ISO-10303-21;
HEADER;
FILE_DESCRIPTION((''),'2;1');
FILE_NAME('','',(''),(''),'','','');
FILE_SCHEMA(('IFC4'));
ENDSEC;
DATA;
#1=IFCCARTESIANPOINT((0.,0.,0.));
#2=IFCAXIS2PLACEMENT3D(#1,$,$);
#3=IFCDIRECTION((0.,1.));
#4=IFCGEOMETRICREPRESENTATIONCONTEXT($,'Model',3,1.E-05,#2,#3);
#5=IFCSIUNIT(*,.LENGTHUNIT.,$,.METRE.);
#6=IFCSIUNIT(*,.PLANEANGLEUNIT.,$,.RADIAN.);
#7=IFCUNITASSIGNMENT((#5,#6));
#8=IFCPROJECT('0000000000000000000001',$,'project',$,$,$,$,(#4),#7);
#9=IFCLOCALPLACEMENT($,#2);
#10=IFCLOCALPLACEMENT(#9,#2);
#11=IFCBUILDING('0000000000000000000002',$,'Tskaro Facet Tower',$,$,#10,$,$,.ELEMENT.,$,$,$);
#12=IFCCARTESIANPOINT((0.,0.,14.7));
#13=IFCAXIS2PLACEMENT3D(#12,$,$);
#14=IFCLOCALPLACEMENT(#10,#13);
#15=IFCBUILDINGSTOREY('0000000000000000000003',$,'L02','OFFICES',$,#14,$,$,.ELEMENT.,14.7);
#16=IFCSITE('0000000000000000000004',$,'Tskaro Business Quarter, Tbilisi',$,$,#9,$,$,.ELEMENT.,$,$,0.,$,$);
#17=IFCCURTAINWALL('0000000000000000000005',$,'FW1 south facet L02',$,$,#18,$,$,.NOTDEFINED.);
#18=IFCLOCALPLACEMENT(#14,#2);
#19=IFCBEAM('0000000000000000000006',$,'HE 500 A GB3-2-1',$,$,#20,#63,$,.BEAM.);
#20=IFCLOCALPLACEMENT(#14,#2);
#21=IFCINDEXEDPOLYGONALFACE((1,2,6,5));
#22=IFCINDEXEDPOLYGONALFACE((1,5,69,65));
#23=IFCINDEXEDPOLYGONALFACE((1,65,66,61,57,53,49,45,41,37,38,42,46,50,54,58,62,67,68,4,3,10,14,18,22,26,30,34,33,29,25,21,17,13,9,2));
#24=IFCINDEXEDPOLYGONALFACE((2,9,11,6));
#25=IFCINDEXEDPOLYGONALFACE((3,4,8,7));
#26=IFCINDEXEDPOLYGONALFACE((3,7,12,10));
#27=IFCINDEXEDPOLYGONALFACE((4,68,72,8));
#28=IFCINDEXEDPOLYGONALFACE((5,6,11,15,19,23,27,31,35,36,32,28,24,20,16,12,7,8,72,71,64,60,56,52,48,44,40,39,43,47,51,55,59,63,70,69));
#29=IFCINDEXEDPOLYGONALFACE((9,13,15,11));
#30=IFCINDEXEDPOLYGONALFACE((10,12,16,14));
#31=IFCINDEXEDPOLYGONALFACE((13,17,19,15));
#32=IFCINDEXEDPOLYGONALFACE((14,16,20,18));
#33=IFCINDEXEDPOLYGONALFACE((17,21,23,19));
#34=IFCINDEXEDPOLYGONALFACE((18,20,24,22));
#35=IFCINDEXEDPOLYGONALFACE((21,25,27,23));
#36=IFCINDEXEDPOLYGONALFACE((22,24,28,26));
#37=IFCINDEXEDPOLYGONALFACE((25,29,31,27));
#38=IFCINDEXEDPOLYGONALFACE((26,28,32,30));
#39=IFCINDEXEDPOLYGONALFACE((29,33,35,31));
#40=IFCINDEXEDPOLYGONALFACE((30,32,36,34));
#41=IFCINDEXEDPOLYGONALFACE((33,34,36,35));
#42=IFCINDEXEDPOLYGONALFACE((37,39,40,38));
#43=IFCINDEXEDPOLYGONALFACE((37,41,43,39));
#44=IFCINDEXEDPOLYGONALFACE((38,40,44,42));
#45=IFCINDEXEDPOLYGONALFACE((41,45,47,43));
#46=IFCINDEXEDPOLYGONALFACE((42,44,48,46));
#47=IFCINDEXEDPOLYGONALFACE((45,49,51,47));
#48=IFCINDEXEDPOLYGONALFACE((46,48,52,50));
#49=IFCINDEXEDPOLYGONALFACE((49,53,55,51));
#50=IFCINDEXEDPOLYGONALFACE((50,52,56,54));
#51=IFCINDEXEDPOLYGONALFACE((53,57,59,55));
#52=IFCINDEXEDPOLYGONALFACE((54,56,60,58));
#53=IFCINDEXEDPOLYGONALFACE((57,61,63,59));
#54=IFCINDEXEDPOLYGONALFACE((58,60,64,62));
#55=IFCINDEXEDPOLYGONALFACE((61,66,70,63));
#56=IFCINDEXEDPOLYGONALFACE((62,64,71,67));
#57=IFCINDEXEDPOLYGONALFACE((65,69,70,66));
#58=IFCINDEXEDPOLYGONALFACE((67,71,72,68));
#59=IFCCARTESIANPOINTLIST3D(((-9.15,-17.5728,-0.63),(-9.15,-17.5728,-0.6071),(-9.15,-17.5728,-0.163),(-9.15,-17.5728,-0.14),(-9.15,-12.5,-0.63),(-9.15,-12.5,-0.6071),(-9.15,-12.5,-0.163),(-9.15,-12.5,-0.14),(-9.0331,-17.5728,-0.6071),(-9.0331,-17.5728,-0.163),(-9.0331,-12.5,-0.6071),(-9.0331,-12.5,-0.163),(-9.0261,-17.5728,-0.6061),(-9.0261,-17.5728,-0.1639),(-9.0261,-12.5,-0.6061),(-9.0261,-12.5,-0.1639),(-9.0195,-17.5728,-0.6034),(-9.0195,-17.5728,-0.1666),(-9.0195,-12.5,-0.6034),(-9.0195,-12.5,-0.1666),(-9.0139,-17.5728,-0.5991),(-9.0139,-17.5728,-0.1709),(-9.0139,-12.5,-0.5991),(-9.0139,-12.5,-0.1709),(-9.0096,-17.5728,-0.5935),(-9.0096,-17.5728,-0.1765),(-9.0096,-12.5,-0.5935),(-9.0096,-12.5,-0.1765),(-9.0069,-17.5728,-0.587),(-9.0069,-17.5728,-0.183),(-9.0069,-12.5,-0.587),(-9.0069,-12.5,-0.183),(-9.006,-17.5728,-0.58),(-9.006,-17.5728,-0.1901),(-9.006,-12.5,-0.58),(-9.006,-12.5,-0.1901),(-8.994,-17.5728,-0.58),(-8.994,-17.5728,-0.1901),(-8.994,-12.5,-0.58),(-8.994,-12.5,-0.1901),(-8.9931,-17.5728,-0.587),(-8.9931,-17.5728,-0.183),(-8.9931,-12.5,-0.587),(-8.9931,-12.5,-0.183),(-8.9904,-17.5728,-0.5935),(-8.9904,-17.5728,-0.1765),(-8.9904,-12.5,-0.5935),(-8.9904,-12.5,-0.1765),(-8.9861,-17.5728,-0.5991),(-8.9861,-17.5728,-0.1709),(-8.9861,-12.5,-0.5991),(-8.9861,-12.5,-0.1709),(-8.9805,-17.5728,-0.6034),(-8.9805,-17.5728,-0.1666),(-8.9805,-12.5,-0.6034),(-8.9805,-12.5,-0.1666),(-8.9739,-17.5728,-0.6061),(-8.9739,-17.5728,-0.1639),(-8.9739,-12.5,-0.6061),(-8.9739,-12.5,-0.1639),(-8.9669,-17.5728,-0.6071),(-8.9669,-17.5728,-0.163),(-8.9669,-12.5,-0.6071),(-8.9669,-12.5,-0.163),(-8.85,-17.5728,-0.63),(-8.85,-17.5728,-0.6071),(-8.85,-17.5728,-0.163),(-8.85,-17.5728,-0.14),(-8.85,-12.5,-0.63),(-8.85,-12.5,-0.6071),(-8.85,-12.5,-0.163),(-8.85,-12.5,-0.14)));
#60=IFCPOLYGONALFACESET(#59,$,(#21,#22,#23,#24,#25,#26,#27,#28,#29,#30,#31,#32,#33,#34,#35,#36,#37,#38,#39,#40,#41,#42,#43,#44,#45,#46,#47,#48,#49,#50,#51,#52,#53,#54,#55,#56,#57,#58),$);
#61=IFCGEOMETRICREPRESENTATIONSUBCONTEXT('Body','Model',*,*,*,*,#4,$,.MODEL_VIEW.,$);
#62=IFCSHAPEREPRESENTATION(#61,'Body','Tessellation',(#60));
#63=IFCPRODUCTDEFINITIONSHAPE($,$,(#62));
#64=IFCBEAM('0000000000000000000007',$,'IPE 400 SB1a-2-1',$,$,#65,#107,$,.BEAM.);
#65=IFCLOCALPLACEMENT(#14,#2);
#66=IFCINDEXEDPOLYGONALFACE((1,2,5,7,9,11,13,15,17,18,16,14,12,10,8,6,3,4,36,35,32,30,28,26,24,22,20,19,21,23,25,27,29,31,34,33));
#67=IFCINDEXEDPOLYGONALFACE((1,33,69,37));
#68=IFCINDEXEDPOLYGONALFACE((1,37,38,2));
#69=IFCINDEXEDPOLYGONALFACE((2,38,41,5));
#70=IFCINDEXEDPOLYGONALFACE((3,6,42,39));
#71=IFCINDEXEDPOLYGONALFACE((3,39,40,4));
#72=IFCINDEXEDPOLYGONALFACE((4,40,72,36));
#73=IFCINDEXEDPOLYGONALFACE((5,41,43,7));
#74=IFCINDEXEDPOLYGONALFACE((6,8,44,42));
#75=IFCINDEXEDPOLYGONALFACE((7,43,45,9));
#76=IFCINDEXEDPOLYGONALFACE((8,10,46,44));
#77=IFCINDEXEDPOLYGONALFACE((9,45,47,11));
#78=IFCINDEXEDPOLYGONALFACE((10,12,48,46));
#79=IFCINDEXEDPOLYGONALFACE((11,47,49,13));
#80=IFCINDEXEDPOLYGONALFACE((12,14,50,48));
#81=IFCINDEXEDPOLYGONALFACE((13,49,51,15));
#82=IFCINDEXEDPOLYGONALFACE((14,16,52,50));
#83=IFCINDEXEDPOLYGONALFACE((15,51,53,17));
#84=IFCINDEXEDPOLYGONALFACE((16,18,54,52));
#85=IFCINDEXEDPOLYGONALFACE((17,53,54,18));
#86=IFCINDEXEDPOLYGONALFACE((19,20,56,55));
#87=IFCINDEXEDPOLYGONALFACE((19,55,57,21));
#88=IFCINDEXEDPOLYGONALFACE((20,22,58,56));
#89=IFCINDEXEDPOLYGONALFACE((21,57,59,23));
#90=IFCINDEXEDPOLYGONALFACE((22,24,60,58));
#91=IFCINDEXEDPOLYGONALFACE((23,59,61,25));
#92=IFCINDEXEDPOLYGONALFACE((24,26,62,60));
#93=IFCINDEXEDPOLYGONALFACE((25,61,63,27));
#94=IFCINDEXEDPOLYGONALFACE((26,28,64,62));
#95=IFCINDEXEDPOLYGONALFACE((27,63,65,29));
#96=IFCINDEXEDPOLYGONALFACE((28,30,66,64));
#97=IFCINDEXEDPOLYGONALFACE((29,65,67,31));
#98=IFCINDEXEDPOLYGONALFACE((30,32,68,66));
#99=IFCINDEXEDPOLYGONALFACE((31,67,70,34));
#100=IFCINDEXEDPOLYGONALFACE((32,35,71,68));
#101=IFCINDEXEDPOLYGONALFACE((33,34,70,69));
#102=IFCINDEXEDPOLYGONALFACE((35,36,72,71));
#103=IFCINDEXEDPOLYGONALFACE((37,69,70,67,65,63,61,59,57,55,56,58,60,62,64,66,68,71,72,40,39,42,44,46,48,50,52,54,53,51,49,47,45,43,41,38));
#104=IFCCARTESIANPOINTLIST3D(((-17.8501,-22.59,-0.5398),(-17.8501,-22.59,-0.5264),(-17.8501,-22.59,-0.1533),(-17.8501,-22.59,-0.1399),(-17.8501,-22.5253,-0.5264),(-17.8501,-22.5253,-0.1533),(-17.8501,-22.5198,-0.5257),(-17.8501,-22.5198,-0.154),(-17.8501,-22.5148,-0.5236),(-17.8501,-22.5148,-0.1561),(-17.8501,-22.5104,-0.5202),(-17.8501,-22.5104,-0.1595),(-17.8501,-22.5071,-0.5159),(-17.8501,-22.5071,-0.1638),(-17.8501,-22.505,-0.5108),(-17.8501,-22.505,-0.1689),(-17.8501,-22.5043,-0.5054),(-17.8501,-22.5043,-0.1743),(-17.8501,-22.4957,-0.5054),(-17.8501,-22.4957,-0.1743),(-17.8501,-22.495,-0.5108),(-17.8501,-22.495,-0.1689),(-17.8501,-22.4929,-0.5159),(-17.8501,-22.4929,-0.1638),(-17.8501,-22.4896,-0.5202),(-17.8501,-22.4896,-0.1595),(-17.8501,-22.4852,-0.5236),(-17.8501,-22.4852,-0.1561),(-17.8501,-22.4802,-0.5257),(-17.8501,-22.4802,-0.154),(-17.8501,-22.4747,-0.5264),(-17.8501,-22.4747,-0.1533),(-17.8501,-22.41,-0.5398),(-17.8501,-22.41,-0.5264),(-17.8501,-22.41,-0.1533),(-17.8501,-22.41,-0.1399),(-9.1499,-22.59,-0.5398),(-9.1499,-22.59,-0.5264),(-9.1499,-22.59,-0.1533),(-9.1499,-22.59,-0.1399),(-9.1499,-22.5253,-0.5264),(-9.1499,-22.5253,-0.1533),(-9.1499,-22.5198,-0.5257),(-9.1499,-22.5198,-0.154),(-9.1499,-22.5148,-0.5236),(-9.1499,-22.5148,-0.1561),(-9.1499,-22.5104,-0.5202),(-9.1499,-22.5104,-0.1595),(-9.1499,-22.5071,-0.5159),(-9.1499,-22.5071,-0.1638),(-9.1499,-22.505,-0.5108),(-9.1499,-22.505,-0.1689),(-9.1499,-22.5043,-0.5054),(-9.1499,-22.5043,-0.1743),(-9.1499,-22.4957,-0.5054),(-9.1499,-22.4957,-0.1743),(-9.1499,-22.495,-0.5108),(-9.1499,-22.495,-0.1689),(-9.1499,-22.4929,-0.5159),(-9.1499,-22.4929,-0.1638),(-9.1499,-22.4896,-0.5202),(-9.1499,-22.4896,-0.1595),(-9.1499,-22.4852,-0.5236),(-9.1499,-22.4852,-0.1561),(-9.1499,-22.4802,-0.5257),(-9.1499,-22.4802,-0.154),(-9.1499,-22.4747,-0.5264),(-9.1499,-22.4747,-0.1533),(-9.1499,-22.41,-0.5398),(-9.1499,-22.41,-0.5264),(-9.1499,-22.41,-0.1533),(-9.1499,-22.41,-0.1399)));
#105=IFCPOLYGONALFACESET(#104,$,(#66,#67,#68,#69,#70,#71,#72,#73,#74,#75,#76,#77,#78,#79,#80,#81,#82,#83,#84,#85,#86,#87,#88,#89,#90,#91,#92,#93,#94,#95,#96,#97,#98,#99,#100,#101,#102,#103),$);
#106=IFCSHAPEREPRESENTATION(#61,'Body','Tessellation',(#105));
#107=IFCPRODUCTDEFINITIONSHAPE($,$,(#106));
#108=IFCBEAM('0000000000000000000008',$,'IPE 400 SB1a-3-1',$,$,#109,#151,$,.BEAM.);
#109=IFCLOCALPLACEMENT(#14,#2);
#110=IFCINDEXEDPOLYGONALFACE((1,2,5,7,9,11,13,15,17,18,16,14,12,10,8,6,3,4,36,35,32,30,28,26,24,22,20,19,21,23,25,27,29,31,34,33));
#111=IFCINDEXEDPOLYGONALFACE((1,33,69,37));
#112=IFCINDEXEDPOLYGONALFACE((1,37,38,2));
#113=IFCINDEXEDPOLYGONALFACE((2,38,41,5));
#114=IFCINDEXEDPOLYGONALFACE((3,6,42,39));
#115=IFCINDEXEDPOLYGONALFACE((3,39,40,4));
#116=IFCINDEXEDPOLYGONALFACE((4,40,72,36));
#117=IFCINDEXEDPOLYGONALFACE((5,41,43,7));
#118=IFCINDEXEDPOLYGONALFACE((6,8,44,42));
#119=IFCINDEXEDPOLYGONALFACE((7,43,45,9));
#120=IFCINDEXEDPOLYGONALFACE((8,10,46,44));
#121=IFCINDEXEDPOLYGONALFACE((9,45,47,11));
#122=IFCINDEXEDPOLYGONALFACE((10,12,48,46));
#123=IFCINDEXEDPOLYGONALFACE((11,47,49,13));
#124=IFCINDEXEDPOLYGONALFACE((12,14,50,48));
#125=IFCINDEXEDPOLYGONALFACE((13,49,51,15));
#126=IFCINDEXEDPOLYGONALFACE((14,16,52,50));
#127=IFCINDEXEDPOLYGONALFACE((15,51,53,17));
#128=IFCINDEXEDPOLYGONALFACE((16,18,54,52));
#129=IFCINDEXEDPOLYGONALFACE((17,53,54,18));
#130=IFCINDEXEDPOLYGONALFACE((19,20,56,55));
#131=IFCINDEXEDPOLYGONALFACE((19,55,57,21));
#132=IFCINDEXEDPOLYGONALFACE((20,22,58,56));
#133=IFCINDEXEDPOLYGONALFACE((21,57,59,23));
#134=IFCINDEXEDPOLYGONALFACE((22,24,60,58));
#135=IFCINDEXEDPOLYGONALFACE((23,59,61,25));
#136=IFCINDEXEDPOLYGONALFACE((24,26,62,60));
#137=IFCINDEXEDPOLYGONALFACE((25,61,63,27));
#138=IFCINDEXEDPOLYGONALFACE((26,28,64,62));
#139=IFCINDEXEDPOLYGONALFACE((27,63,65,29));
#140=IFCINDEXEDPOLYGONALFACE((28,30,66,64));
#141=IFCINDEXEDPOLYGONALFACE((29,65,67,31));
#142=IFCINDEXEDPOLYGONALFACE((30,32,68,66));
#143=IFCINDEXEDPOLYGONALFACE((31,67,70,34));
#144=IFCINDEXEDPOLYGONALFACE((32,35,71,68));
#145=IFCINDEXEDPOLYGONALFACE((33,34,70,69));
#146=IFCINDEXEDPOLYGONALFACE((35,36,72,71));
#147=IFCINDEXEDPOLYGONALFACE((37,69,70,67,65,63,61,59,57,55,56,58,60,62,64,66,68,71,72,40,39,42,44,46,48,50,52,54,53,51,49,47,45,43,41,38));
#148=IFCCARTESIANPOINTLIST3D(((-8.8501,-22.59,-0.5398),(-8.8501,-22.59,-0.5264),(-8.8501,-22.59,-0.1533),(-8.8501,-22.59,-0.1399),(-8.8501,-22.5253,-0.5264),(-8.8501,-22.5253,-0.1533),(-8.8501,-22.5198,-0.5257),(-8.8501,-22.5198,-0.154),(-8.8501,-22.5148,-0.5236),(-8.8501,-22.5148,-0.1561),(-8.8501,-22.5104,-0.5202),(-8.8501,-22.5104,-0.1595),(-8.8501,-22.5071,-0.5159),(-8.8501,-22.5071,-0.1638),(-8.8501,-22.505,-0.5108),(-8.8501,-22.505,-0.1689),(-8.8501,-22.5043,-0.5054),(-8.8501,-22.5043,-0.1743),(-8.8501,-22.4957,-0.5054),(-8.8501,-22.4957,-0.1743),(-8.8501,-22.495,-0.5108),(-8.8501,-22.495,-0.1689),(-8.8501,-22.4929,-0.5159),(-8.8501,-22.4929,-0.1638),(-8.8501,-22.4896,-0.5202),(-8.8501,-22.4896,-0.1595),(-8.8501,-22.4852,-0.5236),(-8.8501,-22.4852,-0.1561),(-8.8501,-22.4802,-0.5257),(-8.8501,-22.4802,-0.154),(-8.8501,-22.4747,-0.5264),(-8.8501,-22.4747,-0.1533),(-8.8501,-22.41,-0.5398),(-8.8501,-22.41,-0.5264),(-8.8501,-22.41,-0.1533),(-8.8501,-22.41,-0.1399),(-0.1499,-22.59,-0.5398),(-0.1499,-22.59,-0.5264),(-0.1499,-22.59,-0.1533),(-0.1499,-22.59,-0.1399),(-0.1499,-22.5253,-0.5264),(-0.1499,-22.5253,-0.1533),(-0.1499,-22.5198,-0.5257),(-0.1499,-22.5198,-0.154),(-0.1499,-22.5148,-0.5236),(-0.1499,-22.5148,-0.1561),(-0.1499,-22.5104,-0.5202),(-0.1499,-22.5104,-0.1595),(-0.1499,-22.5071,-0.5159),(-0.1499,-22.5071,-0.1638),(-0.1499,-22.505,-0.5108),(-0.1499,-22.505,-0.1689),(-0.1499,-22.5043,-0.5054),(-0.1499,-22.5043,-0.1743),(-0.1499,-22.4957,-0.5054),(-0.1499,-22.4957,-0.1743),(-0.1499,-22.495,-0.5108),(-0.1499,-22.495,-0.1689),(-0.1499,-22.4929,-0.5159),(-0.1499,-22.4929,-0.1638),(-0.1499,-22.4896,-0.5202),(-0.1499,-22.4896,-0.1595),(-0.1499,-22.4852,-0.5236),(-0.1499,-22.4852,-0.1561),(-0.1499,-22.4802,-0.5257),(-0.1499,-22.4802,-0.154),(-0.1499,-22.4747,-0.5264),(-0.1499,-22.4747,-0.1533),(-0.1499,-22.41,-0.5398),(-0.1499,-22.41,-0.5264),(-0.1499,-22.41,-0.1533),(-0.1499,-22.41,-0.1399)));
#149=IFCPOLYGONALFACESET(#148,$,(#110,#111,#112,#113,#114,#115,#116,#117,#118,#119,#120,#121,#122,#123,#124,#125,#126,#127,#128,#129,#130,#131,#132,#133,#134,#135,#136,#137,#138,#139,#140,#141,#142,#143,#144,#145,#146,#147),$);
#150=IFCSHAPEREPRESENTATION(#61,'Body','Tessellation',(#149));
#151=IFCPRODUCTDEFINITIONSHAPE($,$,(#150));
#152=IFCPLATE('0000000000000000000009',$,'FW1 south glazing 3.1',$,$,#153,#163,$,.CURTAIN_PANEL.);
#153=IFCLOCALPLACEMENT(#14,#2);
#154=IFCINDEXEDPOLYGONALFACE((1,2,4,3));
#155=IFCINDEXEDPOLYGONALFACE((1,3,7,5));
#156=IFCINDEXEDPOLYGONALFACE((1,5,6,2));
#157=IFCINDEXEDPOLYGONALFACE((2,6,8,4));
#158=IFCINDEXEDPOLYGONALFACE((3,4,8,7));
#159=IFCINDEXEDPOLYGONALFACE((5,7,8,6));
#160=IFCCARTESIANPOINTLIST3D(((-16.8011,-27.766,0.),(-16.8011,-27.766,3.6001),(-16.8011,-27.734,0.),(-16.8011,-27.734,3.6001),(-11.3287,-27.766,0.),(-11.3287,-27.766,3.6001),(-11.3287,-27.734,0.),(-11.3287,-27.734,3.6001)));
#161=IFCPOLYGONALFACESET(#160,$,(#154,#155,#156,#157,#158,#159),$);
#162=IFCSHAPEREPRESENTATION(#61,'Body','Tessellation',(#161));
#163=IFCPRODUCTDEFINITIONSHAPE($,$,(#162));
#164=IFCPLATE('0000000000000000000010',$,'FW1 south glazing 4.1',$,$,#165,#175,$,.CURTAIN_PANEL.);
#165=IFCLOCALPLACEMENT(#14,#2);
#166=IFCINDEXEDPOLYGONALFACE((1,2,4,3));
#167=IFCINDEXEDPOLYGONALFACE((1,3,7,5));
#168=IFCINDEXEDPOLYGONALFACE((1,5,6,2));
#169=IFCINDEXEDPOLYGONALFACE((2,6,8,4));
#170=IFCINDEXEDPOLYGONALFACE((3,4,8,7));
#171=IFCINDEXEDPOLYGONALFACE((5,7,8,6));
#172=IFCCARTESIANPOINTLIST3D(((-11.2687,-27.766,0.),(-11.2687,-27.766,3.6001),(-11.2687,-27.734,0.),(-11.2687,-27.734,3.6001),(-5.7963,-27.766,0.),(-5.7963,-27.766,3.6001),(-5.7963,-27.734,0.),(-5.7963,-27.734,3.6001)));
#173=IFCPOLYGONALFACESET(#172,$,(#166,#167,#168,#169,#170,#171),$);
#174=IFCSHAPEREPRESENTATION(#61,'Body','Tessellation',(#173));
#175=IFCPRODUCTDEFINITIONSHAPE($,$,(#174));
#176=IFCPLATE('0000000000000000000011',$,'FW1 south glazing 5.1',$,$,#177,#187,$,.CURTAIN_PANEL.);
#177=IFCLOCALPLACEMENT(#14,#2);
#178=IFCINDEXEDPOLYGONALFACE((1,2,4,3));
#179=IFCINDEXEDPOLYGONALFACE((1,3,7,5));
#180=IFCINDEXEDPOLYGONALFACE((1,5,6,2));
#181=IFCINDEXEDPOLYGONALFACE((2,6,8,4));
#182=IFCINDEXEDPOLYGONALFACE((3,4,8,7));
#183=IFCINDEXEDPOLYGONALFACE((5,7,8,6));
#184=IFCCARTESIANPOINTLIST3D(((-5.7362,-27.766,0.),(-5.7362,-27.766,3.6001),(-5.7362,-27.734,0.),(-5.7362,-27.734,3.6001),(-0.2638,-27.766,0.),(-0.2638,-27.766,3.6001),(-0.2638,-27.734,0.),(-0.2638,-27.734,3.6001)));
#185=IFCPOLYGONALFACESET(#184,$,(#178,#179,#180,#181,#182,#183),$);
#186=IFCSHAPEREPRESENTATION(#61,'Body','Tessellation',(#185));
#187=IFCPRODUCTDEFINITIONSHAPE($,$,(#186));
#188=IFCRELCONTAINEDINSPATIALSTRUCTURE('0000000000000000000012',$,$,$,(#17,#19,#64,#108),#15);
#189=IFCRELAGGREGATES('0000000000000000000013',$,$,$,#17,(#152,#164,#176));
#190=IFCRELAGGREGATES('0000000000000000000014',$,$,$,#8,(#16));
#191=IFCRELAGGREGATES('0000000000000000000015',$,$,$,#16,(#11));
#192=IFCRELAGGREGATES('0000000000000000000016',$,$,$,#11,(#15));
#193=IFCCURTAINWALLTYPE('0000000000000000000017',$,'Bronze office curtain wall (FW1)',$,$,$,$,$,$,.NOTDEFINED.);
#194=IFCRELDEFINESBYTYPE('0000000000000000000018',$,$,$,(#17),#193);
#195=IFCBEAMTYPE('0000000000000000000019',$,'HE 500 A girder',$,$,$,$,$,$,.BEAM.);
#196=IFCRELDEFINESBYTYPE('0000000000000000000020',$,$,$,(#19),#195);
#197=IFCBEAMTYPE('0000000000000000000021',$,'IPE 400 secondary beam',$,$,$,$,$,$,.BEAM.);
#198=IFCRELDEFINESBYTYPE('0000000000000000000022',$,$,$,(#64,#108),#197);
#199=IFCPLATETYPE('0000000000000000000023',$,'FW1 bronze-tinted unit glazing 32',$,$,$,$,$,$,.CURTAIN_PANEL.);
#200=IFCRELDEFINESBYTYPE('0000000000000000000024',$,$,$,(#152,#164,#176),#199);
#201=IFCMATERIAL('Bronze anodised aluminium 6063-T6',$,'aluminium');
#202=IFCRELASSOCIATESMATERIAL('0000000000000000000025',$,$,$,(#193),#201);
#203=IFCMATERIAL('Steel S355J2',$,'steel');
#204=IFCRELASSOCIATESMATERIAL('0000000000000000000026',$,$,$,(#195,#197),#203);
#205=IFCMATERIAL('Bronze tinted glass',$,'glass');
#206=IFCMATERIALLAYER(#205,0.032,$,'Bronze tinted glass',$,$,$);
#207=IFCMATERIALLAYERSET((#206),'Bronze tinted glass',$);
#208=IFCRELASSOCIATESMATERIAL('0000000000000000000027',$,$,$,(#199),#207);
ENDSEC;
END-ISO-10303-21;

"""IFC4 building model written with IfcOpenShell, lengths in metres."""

from ifc_helpers import new_model, si_unit, direction, frame, origin, origin_2d, place, context, subcontext, project, spatial, rectangle, i_section, extrude, material, layer, layer_set, material_profile, profile_set, type_object, element, aggregate, save


model = new_model("IFC4")

# Units and contexts
model_context = context("Model", 3, precision=1e-05, world=origin(), true_north=direction((0.0, 1.0)))
body_context = subcontext(model_context, "Body", "Model", "MODEL_VIEW")
ifc_project = project(units=[si_unit("LENGTHUNIT", "METRE"), si_unit("PLANEANGLEUNIT", "RADIAN")], contexts=[model_context])

# Site, building, storey
site_placement = place(None, origin())
site = spatial("IfcSite", under=ifc_project, at=site_placement, Name="Tskaro Business Quarter, Tbilisi", CompositionType="ELEMENT", RefElevation=0.0)
building_placement = place(site_placement, origin())
building = spatial("IfcBuilding", under=site, at=building_placement, Name="Tskaro Facet Tower", CompositionType="ELEMENT")
storey_placement = place(building_placement, frame((0.0, 0.0, 14.7)))
storey = spatial("IfcBuildingStorey", under=building, at=storey_placement, Name="L02", Description="OFFICES", CompositionType="ELEMENT", Elevation=14.7)

# Curtain wall
ifc_material_1 = material(Name="Bronze anodised aluminium 6063-T6", Category="aluminium")
curtain_wall_type = type_object("IfcCurtainWallType", Name="Bronze office curtain wall (FW1)", PredefinedType="NOTDEFINED", material=ifc_material_1)
curtain_wall_placement = place(storey_placement, origin())
curtain_wall = element("IfcCurtainWall", 1, at=curtain_wall_placement, inside=storey, type_object=curtain_wall_type, Name="FW1 south facet L02", PredefinedType="NOTDEFINED")

# Beams
ifc_material_2 = material(Name="Steel S355J2", Category="steel")
ifc_material_profile_1 = material_profile(ifc_material_2, i_section(OverallWidth=0.3, OverallDepth=0.49, WebThickness=0.012, FlangeThickness=0.0229, FilletRadius=0.0271, at=origin_2d()), Name="HE 500 A")
ifc_profile_set_1 = profile_set([ifc_material_profile_1], Name="Steel S355J2")
beam_type_1 = type_object("IfcBeamType", Name="HE 500 A girder", PredefinedType="BEAM", material=ifc_profile_set_1)
beam_1_placement = place(storey_placement, frame((-9.0, -17.5728, -0.385), z_axis=(0.0, 1.0, 0.0), x_axis=(-1.0, 0.0, 0.0)))
element("IfcBeam", 2, at=beam_1_placement, inside=storey, type_object=beam_type_1, Name="HE 500 A GB3-2-1", PredefinedType="BEAM", context=body_context, shape_type="SweptSolid", body=[
    extrude(i_section(OverallWidth=0.3, OverallDepth=0.49, WebThickness=0.012, FlangeThickness=0.0229, FilletRadius=0.0271, at=origin_2d()), origin(), (0.0, 0.0, 1.0), 5.0728),
])
ifc_material_profile_2 = material_profile(ifc_material_2, i_section(OverallWidth=0.1799, OverallDepth=0.3999, WebThickness=0.0085, FlangeThickness=0.0134, FilletRadius=0.021, at=origin_2d()), Name="IPE 400")
ifc_profile_set_2 = profile_set([ifc_material_profile_2], Name="Steel S355J2")
beam_type_2 = type_object("IfcBeamType", Name="IPE 400 secondary beam", PredefinedType="BEAM", material=ifc_profile_set_2)
for number, where, z_axis, x_axis, name in (
    (3, (-17.8501, -22.5, -0.3398), (1.0, 0.0, 0.0), (0.0, 1.0, 0.0), "IPE 400 SB1a-2-1"),
    (4, (-8.8501, -22.5, -0.3398), (1.0, 0.0, 0.0), (0.0, 1.0, 0.0), "IPE 400 SB1a-3-1"),
):
    element("IfcBeam", number, at=place(storey_placement, frame(where, z_axis=z_axis, x_axis=x_axis)), inside=storey, type_object=beam_type_2, Name=name, PredefinedType="BEAM", context=body_context, shape_type="SweptSolid", body=[
        extrude(i_section(OverallWidth=0.1799, OverallDepth=0.3999, WebThickness=0.0085, FlangeThickness=0.0134, FilletRadius=0.021, at=origin_2d()), origin(), (0.0, 0.0, 1.0), 8.7002),
    ])

# Plates
ifc_material_3 = material(Name="Bronze tinted glass", Category="glass")
ifc_layer_1 = layer(ifc_material_3, 0.032, Name="Bronze tinted glass")
ifc_layer_set_1 = layer_set([ifc_layer_1], Name="Bronze tinted glass")
plate_type = type_object("IfcPlateType", Name="FW1 bronze-tinted unit glazing 32", PredefinedType="CURTAIN_PANEL", material=ifc_layer_set_1)
plate_1_placement = place(storey_placement, frame((-14.0649, -27.75, 0.0), z_axis=(0.0, 0.0, 1.0), x_axis=(1.0, 0.0, 0.0)))
plate_1 = element("IfcPlate", 5, at=plate_1_placement, type_object=plate_type, Name="FW1 south glazing 3.1", PredefinedType="CURTAIN_PANEL", context=body_context, shape_type="SweptSolid", body=[
    extrude(rectangle(XDim=5.4724, YDim=0.032, at=origin_2d()), origin(), (0.0, 0.0, 1.0), 3.6001),
])
plate_2_placement = place(storey_placement, frame((-8.5325, -27.75, 0.0), z_axis=(0.0, 0.0, 1.0), x_axis=(1.0, 0.0, 0.0)))
plate_2 = element("IfcPlate", 6, at=plate_2_placement, type_object=plate_type, Name="FW1 south glazing 4.1", PredefinedType="CURTAIN_PANEL", context=body_context, shape_type="SweptSolid", body=[
    extrude(rectangle(XDim=5.4724, YDim=0.032, at=origin_2d()), origin(), (0.0, 0.0, 1.0), 3.6001),
])
plate_3_placement = place(storey_placement, frame((-3.0, -27.75, 0.0), z_axis=(0.0, 0.0, 1.0), x_axis=(1.0, 0.0, 0.0)))
plate_3 = element("IfcPlate", 7, at=plate_3_placement, type_object=plate_type, Name="FW1 south glazing 5.1", PredefinedType="CURTAIN_PANEL", context=body_context, shape_type="SweptSolid", body=[
    extrude(rectangle(XDim=5.4724, YDim=0.032, at=origin_2d()), origin(), (0.0, 0.0, 1.0), 3.6001),
])
aggregate(curtain_wall, [plate_1, plate_2, plate_3])

save(model, "model.ifc")
